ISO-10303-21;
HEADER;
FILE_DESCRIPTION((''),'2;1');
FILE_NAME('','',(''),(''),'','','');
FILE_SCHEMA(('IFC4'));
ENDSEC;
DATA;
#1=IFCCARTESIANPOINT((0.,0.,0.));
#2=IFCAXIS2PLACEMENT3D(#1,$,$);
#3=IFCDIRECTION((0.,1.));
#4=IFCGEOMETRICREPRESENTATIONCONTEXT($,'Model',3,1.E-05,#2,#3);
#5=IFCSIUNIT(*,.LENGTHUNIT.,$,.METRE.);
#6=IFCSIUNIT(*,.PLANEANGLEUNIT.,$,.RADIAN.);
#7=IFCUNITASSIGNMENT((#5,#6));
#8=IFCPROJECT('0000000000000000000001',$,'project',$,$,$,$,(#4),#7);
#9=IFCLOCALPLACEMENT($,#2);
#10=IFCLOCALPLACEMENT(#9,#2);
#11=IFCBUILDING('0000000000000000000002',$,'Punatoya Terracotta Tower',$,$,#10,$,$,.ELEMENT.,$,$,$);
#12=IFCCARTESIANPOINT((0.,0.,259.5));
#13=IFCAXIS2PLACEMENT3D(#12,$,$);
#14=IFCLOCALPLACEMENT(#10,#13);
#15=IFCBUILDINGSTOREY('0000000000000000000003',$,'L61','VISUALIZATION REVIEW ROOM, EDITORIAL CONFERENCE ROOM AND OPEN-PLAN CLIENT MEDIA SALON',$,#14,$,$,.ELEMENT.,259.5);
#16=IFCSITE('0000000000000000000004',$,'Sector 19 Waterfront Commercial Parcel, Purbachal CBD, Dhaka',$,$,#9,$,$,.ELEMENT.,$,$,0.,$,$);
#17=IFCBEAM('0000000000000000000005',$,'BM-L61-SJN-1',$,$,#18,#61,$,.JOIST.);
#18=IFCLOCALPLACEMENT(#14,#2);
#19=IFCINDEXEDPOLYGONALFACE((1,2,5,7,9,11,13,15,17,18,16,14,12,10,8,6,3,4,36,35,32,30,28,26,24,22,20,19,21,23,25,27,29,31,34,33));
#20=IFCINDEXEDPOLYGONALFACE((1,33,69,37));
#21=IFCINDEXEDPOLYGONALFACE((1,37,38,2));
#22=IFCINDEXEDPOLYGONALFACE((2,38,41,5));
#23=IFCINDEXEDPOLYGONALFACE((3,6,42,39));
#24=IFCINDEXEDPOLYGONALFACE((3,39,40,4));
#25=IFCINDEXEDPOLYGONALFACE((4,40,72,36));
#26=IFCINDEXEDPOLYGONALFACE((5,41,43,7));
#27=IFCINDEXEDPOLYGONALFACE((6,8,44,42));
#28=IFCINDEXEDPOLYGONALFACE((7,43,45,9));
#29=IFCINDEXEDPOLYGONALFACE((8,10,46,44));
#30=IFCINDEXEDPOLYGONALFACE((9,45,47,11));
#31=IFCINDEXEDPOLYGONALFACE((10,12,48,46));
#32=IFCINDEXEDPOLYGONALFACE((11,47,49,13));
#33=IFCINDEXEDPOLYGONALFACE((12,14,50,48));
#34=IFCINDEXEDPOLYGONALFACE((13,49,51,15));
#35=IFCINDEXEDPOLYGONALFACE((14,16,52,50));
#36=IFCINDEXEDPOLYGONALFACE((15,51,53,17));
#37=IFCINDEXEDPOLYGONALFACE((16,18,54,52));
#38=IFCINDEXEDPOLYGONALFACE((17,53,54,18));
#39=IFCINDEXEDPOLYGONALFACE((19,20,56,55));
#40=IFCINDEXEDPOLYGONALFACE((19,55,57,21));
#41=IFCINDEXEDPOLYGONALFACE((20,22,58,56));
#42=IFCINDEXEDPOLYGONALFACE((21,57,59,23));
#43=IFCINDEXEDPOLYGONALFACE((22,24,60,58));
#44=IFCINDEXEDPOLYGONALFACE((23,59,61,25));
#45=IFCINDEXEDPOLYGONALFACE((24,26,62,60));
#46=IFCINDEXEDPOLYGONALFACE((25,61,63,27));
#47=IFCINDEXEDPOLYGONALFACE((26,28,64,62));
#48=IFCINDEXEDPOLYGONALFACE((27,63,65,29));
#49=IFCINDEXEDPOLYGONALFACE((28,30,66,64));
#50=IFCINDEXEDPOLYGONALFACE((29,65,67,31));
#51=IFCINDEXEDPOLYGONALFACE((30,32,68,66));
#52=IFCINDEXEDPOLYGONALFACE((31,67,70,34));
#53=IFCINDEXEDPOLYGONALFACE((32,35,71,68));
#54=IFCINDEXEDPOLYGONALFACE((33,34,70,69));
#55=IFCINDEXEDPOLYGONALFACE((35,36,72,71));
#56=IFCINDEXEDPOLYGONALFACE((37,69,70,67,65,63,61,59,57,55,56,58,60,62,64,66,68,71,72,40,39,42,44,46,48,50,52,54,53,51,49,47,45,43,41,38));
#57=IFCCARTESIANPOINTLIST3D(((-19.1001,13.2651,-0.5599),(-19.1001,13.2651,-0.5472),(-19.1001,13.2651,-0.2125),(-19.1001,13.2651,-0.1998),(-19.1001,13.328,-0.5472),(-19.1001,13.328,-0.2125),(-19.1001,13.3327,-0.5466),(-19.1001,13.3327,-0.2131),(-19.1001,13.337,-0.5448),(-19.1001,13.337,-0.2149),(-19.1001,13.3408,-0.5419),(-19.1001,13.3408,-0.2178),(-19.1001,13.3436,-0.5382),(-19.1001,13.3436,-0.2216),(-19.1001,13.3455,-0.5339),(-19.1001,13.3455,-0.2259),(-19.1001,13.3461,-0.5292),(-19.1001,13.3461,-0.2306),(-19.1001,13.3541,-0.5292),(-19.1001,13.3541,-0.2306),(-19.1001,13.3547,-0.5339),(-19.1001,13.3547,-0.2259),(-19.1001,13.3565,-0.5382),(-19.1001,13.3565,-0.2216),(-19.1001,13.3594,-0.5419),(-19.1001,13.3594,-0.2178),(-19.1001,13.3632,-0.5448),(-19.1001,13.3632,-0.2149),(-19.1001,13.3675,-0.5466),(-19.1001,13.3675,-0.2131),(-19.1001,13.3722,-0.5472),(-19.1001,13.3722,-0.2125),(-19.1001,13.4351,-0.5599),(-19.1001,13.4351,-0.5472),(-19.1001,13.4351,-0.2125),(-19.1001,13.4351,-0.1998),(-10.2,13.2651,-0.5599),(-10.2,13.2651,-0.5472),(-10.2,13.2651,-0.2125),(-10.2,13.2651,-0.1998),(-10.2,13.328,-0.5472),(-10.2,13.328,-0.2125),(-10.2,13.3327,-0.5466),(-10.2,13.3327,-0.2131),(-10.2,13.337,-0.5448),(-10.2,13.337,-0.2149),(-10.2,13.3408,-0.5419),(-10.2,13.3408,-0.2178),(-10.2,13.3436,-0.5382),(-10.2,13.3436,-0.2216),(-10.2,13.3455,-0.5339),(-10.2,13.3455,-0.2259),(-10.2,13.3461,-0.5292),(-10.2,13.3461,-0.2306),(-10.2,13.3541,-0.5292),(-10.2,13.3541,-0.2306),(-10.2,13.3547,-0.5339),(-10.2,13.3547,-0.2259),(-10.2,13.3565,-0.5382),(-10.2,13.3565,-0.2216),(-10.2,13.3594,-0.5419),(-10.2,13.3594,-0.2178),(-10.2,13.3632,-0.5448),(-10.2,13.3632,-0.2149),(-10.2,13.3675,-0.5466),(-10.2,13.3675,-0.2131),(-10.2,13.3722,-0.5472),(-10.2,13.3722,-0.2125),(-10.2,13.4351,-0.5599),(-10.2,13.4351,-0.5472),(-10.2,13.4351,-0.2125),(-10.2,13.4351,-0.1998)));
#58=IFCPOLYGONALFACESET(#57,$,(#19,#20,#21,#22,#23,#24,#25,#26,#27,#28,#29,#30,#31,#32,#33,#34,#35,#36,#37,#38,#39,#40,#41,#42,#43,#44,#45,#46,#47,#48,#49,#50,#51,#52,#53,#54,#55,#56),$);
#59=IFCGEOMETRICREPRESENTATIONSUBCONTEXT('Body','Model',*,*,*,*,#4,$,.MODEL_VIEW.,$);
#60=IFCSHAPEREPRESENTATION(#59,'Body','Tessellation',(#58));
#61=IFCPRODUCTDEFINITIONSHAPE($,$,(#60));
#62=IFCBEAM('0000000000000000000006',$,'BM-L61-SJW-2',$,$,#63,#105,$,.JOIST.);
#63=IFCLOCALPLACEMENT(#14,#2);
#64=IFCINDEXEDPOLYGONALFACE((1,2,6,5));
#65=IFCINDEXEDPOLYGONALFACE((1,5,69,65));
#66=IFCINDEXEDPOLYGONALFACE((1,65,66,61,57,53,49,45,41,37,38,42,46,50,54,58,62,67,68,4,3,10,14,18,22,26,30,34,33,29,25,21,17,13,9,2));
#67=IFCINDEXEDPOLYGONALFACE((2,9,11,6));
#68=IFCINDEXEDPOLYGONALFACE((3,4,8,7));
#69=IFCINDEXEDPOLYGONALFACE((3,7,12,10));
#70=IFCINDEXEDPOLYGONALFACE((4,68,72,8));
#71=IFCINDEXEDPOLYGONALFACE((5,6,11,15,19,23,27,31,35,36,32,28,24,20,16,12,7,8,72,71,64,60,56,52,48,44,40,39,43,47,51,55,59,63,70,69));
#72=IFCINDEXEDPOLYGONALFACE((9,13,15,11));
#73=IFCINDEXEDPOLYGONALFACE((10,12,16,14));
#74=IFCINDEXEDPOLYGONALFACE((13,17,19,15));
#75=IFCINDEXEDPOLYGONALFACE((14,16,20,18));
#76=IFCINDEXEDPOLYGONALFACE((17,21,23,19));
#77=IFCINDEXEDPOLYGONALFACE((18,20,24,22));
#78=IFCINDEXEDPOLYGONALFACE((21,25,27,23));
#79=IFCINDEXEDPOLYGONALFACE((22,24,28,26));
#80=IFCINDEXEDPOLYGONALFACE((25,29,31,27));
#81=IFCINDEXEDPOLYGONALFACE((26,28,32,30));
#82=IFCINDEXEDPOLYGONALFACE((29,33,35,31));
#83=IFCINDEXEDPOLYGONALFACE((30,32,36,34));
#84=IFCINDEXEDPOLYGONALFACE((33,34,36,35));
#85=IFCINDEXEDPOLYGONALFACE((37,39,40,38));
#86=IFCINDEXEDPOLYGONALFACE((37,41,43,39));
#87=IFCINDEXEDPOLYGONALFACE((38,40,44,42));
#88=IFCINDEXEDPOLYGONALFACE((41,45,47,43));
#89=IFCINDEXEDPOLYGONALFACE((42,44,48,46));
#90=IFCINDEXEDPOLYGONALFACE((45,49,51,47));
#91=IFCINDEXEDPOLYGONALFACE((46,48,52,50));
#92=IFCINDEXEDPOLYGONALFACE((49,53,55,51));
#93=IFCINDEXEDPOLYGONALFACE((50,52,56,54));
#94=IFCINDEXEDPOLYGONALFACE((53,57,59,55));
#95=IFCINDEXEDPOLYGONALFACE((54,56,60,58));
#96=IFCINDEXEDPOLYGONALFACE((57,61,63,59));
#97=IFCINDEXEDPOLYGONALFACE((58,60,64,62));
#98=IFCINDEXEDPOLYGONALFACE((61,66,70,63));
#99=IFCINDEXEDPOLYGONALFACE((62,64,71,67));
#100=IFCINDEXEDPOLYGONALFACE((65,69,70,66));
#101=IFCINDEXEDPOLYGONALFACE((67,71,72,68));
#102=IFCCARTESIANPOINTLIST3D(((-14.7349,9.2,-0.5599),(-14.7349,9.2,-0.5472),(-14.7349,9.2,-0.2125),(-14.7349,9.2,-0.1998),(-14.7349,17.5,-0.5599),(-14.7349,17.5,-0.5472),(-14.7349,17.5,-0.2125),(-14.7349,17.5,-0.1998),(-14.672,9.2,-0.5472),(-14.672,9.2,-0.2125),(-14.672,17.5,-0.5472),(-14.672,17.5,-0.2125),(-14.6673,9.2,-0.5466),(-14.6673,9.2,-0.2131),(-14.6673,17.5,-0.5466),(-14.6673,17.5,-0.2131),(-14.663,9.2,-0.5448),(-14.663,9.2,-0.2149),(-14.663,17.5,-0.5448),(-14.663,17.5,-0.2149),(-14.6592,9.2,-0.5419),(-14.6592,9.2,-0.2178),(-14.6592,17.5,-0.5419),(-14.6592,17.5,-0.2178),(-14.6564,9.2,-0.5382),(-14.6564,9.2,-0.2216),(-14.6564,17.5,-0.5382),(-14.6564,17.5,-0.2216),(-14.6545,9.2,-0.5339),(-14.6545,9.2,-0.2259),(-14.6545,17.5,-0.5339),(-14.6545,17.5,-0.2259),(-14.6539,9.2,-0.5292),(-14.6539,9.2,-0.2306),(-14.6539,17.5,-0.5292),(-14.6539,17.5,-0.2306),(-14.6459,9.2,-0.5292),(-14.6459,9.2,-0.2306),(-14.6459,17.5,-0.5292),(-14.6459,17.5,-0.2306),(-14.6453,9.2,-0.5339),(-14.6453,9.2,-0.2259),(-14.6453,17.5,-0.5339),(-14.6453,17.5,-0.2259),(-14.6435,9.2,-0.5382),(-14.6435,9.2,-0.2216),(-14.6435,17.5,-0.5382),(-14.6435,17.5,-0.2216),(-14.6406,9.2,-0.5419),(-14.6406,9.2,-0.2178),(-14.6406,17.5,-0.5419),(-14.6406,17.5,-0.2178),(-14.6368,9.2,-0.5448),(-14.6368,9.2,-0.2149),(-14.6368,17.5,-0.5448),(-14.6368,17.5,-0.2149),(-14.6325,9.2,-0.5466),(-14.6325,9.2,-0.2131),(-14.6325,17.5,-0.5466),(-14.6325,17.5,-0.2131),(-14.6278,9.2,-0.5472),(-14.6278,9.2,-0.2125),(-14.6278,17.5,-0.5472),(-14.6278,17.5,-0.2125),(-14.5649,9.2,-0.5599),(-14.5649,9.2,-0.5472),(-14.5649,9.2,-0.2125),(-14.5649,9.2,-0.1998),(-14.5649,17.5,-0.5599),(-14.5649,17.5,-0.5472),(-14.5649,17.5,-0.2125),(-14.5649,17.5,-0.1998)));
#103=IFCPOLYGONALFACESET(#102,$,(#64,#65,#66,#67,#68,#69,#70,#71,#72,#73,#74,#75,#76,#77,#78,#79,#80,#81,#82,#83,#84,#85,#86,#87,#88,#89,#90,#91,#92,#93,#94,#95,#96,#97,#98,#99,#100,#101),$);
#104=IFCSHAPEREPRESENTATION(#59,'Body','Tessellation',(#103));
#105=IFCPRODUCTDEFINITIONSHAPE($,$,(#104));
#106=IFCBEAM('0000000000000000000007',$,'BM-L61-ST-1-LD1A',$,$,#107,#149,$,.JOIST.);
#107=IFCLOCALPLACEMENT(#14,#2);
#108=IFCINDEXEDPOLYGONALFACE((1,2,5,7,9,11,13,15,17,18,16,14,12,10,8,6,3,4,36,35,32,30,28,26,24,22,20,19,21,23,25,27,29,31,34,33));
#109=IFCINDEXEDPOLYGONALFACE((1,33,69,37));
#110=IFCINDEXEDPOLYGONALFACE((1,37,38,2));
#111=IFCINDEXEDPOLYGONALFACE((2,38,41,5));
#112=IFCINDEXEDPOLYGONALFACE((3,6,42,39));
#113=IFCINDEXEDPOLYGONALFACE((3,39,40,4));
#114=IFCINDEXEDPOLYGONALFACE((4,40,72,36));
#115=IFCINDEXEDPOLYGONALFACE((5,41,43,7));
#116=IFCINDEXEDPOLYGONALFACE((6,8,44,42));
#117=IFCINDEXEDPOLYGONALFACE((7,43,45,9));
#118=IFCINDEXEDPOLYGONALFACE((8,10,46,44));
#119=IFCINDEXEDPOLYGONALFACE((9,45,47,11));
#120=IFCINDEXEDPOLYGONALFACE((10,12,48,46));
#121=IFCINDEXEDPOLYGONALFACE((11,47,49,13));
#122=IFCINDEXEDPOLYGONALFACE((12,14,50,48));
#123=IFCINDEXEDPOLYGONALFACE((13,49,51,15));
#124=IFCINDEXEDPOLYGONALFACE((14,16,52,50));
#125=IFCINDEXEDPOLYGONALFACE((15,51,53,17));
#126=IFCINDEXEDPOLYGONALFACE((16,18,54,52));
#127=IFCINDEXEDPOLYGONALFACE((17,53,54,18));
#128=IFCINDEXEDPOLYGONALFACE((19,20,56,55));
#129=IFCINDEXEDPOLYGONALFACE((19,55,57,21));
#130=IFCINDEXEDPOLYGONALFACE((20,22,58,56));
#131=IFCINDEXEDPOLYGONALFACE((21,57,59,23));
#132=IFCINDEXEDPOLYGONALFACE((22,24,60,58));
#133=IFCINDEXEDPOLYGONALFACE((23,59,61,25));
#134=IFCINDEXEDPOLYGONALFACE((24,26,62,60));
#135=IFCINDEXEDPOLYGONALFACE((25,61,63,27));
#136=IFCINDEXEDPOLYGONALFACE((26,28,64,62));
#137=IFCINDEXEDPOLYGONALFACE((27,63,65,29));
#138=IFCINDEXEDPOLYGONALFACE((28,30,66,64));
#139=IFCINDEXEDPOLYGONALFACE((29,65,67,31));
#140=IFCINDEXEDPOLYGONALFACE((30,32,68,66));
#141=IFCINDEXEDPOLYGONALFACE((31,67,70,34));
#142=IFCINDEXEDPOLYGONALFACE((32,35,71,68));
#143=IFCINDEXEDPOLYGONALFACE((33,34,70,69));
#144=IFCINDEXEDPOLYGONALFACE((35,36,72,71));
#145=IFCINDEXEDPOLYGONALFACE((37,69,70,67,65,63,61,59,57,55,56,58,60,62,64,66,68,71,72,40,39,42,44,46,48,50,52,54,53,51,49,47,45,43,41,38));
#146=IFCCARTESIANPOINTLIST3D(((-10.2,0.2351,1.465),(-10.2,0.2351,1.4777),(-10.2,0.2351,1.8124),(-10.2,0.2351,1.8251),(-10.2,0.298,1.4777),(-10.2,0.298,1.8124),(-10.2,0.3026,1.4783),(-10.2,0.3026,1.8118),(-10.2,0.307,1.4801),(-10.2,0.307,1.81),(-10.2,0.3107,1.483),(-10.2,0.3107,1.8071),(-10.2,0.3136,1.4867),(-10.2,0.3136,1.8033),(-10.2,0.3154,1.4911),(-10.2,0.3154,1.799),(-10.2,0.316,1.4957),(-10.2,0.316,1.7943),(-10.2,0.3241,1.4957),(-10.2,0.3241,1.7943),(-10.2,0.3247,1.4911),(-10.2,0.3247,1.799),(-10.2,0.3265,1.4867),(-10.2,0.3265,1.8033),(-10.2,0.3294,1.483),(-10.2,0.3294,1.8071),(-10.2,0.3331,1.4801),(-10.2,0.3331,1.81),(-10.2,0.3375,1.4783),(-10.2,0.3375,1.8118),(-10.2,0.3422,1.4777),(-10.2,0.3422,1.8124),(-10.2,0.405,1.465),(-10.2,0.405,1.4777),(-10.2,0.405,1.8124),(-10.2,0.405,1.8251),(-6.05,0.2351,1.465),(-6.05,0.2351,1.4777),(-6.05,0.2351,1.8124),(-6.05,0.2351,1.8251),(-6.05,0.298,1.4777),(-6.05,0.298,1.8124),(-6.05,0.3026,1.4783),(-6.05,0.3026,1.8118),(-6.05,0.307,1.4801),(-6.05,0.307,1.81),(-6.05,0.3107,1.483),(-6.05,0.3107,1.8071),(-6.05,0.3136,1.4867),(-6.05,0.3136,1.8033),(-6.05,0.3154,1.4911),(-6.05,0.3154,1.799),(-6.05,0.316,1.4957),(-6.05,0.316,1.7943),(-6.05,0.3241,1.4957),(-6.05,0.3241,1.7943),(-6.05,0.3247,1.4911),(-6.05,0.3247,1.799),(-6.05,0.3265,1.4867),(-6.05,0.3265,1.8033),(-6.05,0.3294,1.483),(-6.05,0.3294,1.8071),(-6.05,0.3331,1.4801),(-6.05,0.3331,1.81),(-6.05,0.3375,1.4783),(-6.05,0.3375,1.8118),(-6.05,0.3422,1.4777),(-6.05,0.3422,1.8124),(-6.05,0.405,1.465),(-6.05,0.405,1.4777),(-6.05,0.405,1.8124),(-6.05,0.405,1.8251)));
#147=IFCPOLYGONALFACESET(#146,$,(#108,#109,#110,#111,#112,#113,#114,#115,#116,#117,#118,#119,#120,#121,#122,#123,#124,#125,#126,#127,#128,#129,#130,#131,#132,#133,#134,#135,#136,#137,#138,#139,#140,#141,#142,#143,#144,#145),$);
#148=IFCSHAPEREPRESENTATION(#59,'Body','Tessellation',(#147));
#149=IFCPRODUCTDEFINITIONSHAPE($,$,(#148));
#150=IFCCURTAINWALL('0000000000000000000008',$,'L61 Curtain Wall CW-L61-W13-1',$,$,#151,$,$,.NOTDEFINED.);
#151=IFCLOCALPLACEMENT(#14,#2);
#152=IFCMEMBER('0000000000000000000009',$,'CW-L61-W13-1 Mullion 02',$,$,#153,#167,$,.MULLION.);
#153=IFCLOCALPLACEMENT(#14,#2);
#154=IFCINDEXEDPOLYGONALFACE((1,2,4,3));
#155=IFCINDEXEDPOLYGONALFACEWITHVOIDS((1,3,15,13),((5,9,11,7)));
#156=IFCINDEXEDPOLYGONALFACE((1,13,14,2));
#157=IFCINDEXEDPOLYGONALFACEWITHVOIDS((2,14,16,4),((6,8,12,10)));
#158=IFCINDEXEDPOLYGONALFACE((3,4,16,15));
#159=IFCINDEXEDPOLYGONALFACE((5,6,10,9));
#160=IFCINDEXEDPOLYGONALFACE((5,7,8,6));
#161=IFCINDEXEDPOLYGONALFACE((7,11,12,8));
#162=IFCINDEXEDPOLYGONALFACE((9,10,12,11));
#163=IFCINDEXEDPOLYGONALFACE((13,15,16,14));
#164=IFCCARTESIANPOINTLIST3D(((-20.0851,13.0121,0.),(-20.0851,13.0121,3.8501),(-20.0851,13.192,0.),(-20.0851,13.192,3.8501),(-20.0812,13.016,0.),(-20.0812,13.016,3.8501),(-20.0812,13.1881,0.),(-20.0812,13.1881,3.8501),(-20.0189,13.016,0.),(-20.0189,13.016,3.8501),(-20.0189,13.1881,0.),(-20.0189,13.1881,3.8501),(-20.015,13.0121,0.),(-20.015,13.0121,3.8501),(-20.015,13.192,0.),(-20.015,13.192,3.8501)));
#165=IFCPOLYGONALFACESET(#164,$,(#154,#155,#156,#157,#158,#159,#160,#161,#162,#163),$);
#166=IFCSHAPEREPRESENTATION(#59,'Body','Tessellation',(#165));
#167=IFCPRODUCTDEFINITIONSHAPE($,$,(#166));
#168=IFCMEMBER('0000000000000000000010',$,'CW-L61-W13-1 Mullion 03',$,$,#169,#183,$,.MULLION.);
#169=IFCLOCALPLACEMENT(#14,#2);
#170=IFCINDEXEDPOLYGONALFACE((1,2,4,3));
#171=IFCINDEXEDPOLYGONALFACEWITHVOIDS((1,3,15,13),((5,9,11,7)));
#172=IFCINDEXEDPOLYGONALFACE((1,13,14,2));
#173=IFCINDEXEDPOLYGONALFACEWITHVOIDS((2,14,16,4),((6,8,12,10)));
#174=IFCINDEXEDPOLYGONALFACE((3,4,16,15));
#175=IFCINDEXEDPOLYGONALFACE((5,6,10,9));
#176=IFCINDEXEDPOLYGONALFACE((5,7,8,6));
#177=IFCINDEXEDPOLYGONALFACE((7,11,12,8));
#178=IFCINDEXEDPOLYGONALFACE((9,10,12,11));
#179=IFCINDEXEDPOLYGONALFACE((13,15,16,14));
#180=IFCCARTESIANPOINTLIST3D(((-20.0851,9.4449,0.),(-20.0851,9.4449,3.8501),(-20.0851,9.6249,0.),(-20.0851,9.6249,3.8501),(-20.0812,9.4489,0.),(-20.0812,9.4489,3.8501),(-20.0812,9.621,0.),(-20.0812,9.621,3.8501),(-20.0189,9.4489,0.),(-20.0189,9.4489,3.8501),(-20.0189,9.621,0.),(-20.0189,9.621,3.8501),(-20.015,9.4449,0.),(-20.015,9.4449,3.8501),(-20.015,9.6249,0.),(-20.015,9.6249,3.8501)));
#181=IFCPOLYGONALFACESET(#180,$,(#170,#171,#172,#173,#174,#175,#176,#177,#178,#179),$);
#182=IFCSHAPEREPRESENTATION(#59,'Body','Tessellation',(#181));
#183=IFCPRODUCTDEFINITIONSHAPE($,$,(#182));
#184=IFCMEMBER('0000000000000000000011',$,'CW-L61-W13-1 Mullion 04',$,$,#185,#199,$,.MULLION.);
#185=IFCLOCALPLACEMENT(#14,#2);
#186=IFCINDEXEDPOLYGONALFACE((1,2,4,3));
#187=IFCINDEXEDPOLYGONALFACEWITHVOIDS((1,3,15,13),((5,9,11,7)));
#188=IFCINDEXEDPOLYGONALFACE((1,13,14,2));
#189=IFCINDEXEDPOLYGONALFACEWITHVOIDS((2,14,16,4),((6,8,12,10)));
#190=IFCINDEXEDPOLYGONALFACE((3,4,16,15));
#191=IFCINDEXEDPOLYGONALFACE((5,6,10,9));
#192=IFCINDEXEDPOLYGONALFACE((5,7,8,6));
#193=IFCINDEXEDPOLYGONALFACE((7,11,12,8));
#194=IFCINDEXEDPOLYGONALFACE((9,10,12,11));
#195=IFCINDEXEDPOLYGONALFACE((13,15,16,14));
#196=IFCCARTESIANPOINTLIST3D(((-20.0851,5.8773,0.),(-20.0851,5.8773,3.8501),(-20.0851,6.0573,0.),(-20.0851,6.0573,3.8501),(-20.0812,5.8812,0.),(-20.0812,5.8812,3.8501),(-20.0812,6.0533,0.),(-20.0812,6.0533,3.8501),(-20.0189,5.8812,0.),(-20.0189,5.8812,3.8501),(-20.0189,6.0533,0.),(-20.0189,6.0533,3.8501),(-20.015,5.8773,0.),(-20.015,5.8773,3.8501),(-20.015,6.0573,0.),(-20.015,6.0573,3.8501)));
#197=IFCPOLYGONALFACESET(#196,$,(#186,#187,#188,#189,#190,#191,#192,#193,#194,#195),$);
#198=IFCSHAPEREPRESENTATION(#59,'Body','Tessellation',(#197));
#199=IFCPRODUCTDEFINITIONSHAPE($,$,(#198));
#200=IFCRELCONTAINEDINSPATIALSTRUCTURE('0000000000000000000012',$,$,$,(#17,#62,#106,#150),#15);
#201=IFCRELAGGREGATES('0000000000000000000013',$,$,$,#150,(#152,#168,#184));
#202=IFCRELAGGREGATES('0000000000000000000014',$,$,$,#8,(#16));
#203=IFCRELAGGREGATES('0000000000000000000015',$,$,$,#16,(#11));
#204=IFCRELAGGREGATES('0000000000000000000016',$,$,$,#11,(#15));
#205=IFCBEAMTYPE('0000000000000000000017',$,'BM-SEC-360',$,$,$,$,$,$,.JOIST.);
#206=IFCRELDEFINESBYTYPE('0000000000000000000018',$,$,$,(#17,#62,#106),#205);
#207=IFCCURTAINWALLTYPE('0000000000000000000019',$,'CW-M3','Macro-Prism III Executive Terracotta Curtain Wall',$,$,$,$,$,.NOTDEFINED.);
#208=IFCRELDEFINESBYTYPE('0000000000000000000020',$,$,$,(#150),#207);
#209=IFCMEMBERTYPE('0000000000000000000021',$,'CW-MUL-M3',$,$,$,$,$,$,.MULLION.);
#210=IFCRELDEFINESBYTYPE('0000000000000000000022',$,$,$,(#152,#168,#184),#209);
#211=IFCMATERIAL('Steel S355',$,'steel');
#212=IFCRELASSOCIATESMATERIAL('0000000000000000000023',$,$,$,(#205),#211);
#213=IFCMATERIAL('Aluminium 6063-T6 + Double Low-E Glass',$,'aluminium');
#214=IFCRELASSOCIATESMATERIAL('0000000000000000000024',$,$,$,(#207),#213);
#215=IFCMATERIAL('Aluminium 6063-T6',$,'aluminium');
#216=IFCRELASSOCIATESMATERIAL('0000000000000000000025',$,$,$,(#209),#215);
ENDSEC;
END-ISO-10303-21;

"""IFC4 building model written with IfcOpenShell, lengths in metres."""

from ifc_helpers import new_model, si_unit, direction, frame, origin, origin_2d, place, context, subcontext, project, spatial, hollow_rectangle, i_section, extrude, material, material_profile, profile_set, type_object, element, aggregate, save


model = new_model("IFC4")

# Units and contexts
model_context = context("Model", 3, precision=1e-05, world=origin(), true_north=direction((0.0, 1.0)))
body_context = subcontext(model_context, "Body", "Model", "MODEL_VIEW")
ifc_project = project(units=[si_unit("LENGTHUNIT", "METRE"), si_unit("PLANEANGLEUNIT", "RADIAN")], contexts=[model_context])

# Site, building, storey
site_placement = place(None, origin())
site = spatial("IfcSite", under=ifc_project, at=site_placement, Name="Sector 19 Waterfront Commercial Parcel, Purbachal CBD, Dhaka", CompositionType="ELEMENT", RefElevation=0.0)
building_placement = place(site_placement, origin())
building = spatial("IfcBuilding", under=site, at=building_placement, Name="Punatoya Terracotta Tower", CompositionType="ELEMENT")
storey_placement = place(building_placement, frame((0.0, 0.0, 259.5)))
storey = spatial("IfcBuildingStorey", under=building, at=storey_placement, Name="L61", Description="VISUALIZATION REVIEW ROOM, EDITORIAL CONFERENCE ROOM AND OPEN-PLAN CLIENT MEDIA SALON", CompositionType="ELEMENT", Elevation=259.5)

# Beams
ifc_material_1 = material(Name="Steel S355", Category="steel")
ifc_material_profile_1 = material_profile(ifc_material_1, i_section(OverallWidth=0.1699, OverallDepth=0.3601, WebThickness=0.0081, FlangeThickness=0.0127, FilletRadius=0.0181, at=origin_2d()))
ifc_profile_set_1 = profile_set([ifc_material_profile_1], Name="Steel S355")
beam_type_1 = type_object("IfcBeamType", Name="BM-SEC-360", PredefinedType="JOIST", material=ifc_profile_set_1)
beam_1_placement = place(storey_placement, frame((-19.1001, 13.3501, -0.3799), z_axis=(1.0, 0.0, 0.0), x_axis=(0.0, 1.0, 0.0)))
element("IfcBeam", 1, at=beam_1_placement, inside=storey, type_object=beam_type_1, Name="BM-L61-SJN-1", PredefinedType="JOIST", context=body_context, shape_type="SweptSolid", body=[
    extrude(i_section(OverallWidth=0.1699, OverallDepth=0.3601, WebThickness=0.0081, FlangeThickness=0.0127, FilletRadius=0.0181, at=origin_2d()), origin(), (0.0, 0.0, 1.0), 8.9001),
])
beam_2_placement = place(storey_placement, frame((-14.6499, 9.2, -0.3799), z_axis=(0.0, 1.0, 0.0), x_axis=(-1.0, 0.0, 0.0)))
element("IfcBeam", 2, at=beam_2_placement, inside=storey, type_object=beam_type_1, Name="BM-L61-SJW-2", PredefinedType="JOIST", context=body_context, shape_type="SweptSolid", body=[
    extrude(i_section(OverallWidth=0.1699, OverallDepth=0.3601, WebThickness=0.0081, FlangeThickness=0.0127, FilletRadius=0.0181, at=origin_2d()), origin(), (0.0, 0.0, 1.0), 8.3),
])
beam_3_placement = place(storey_placement, frame((-10.2, 0.3201, 1.645), z_axis=(1.0, 0.0, 0.0), x_axis=(0.0, 1.0, 0.0)))
element("IfcBeam", 3, at=beam_3_placement, inside=storey, type_object=beam_type_1, Name="BM-L61-ST-1-LD1A", PredefinedType="JOIST", context=body_context, shape_type="SweptSolid", body=[
    extrude(i_section(OverallWidth=0.1699, OverallDepth=0.3601, WebThickness=0.0081, FlangeThickness=0.0127, FilletRadius=0.0181, at=origin_2d()), origin(), (0.0, 0.0, 1.0), 4.1499),
])

# Curtain wall, members
ifc_material_2 = material(Name="Aluminium 6063-T6 + Double Low-E Glass", Category="aluminium")
curtain_wall_type = type_object("IfcCurtainWallType", Name="CW-M3", Description="Macro-Prism III Executive Terracotta Curtain Wall", PredefinedType="NOTDEFINED", material=ifc_material_2)
curtain_wall_placement = place(storey_placement, origin())
curtain_wall = element("IfcCurtainWall", 4, at=curtain_wall_placement, inside=storey, type_object=curtain_wall_type, Name="L61 Curtain Wall CW-L61-W13-1", PredefinedType="NOTDEFINED")
ifc_material_3 = material(Name="Aluminium 6063-T6", Category="aluminium")
ifc_material_profile_2 = material_profile(ifc_material_3, hollow_rectangle(XDim=0.0701, YDim=0.1799, WallThickness=0.0039, at=origin_2d()))
ifc_profile_set_2 = profile_set([ifc_material_profile_2], Name="Aluminium 6063-T6")
member_type = type_object("IfcMemberType", Name="CW-MUL-M3", PredefinedType="MULLION", material=ifc_profile_set_2)
member_1_placement = place(storey_placement, frame((-20.05, 13.1021, 0.0), z_axis=(0.0, 0.0, 1.0), x_axis=(1.0, 0.0, 0.0)))
member_1 = element("IfcMember", 5, at=member_1_placement, type_object=member_type, Name="CW-L61-W13-1 Mullion 02", PredefinedType="MULLION", context=body_context, shape_type="SweptSolid", body=[
    extrude(hollow_rectangle(XDim=0.0701, YDim=0.1799, WallThickness=0.0039, at=origin_2d()), origin(), (0.0, 0.0, 1.0), 3.8501),
])
member_2_placement = place(storey_placement, frame((-20.05, 9.5349, 0.0), z_axis=(0.0, 0.0, 1.0), x_axis=(1.0, 0.0, 0.0)))
member_2 = element("IfcMember", 6, at=member_2_placement, type_object=member_type, Name="CW-L61-W13-1 Mullion 03", PredefinedType="MULLION", context=body_context, shape_type="SweptSolid", body=[
    extrude(hollow_rectangle(XDim=0.0701, YDim=0.1799, WallThickness=0.0039, at=origin_2d()), origin(), (0.0, 0.0, 1.0), 3.8501),
])
member_3_placement = place(storey_placement, frame((-20.05, 5.9673, 0.0), z_axis=(0.0, 0.0, 1.0), x_axis=(1.0, 0.0, 0.0)))
member_3 = element("IfcMember", 7, at=member_3_placement, type_object=member_type, Name="CW-L61-W13-1 Mullion 04", PredefinedType="MULLION", context=body_context, shape_type="SweptSolid", body=[
    extrude(hollow_rectangle(XDim=0.0701, YDim=0.1799, WallThickness=0.0039, at=origin_2d()), origin(), (0.0, 0.0, 1.0), 3.8501),
])
aggregate(curtain_wall, [member_1, member_2, member_3])

save(model, "model.ifc")
